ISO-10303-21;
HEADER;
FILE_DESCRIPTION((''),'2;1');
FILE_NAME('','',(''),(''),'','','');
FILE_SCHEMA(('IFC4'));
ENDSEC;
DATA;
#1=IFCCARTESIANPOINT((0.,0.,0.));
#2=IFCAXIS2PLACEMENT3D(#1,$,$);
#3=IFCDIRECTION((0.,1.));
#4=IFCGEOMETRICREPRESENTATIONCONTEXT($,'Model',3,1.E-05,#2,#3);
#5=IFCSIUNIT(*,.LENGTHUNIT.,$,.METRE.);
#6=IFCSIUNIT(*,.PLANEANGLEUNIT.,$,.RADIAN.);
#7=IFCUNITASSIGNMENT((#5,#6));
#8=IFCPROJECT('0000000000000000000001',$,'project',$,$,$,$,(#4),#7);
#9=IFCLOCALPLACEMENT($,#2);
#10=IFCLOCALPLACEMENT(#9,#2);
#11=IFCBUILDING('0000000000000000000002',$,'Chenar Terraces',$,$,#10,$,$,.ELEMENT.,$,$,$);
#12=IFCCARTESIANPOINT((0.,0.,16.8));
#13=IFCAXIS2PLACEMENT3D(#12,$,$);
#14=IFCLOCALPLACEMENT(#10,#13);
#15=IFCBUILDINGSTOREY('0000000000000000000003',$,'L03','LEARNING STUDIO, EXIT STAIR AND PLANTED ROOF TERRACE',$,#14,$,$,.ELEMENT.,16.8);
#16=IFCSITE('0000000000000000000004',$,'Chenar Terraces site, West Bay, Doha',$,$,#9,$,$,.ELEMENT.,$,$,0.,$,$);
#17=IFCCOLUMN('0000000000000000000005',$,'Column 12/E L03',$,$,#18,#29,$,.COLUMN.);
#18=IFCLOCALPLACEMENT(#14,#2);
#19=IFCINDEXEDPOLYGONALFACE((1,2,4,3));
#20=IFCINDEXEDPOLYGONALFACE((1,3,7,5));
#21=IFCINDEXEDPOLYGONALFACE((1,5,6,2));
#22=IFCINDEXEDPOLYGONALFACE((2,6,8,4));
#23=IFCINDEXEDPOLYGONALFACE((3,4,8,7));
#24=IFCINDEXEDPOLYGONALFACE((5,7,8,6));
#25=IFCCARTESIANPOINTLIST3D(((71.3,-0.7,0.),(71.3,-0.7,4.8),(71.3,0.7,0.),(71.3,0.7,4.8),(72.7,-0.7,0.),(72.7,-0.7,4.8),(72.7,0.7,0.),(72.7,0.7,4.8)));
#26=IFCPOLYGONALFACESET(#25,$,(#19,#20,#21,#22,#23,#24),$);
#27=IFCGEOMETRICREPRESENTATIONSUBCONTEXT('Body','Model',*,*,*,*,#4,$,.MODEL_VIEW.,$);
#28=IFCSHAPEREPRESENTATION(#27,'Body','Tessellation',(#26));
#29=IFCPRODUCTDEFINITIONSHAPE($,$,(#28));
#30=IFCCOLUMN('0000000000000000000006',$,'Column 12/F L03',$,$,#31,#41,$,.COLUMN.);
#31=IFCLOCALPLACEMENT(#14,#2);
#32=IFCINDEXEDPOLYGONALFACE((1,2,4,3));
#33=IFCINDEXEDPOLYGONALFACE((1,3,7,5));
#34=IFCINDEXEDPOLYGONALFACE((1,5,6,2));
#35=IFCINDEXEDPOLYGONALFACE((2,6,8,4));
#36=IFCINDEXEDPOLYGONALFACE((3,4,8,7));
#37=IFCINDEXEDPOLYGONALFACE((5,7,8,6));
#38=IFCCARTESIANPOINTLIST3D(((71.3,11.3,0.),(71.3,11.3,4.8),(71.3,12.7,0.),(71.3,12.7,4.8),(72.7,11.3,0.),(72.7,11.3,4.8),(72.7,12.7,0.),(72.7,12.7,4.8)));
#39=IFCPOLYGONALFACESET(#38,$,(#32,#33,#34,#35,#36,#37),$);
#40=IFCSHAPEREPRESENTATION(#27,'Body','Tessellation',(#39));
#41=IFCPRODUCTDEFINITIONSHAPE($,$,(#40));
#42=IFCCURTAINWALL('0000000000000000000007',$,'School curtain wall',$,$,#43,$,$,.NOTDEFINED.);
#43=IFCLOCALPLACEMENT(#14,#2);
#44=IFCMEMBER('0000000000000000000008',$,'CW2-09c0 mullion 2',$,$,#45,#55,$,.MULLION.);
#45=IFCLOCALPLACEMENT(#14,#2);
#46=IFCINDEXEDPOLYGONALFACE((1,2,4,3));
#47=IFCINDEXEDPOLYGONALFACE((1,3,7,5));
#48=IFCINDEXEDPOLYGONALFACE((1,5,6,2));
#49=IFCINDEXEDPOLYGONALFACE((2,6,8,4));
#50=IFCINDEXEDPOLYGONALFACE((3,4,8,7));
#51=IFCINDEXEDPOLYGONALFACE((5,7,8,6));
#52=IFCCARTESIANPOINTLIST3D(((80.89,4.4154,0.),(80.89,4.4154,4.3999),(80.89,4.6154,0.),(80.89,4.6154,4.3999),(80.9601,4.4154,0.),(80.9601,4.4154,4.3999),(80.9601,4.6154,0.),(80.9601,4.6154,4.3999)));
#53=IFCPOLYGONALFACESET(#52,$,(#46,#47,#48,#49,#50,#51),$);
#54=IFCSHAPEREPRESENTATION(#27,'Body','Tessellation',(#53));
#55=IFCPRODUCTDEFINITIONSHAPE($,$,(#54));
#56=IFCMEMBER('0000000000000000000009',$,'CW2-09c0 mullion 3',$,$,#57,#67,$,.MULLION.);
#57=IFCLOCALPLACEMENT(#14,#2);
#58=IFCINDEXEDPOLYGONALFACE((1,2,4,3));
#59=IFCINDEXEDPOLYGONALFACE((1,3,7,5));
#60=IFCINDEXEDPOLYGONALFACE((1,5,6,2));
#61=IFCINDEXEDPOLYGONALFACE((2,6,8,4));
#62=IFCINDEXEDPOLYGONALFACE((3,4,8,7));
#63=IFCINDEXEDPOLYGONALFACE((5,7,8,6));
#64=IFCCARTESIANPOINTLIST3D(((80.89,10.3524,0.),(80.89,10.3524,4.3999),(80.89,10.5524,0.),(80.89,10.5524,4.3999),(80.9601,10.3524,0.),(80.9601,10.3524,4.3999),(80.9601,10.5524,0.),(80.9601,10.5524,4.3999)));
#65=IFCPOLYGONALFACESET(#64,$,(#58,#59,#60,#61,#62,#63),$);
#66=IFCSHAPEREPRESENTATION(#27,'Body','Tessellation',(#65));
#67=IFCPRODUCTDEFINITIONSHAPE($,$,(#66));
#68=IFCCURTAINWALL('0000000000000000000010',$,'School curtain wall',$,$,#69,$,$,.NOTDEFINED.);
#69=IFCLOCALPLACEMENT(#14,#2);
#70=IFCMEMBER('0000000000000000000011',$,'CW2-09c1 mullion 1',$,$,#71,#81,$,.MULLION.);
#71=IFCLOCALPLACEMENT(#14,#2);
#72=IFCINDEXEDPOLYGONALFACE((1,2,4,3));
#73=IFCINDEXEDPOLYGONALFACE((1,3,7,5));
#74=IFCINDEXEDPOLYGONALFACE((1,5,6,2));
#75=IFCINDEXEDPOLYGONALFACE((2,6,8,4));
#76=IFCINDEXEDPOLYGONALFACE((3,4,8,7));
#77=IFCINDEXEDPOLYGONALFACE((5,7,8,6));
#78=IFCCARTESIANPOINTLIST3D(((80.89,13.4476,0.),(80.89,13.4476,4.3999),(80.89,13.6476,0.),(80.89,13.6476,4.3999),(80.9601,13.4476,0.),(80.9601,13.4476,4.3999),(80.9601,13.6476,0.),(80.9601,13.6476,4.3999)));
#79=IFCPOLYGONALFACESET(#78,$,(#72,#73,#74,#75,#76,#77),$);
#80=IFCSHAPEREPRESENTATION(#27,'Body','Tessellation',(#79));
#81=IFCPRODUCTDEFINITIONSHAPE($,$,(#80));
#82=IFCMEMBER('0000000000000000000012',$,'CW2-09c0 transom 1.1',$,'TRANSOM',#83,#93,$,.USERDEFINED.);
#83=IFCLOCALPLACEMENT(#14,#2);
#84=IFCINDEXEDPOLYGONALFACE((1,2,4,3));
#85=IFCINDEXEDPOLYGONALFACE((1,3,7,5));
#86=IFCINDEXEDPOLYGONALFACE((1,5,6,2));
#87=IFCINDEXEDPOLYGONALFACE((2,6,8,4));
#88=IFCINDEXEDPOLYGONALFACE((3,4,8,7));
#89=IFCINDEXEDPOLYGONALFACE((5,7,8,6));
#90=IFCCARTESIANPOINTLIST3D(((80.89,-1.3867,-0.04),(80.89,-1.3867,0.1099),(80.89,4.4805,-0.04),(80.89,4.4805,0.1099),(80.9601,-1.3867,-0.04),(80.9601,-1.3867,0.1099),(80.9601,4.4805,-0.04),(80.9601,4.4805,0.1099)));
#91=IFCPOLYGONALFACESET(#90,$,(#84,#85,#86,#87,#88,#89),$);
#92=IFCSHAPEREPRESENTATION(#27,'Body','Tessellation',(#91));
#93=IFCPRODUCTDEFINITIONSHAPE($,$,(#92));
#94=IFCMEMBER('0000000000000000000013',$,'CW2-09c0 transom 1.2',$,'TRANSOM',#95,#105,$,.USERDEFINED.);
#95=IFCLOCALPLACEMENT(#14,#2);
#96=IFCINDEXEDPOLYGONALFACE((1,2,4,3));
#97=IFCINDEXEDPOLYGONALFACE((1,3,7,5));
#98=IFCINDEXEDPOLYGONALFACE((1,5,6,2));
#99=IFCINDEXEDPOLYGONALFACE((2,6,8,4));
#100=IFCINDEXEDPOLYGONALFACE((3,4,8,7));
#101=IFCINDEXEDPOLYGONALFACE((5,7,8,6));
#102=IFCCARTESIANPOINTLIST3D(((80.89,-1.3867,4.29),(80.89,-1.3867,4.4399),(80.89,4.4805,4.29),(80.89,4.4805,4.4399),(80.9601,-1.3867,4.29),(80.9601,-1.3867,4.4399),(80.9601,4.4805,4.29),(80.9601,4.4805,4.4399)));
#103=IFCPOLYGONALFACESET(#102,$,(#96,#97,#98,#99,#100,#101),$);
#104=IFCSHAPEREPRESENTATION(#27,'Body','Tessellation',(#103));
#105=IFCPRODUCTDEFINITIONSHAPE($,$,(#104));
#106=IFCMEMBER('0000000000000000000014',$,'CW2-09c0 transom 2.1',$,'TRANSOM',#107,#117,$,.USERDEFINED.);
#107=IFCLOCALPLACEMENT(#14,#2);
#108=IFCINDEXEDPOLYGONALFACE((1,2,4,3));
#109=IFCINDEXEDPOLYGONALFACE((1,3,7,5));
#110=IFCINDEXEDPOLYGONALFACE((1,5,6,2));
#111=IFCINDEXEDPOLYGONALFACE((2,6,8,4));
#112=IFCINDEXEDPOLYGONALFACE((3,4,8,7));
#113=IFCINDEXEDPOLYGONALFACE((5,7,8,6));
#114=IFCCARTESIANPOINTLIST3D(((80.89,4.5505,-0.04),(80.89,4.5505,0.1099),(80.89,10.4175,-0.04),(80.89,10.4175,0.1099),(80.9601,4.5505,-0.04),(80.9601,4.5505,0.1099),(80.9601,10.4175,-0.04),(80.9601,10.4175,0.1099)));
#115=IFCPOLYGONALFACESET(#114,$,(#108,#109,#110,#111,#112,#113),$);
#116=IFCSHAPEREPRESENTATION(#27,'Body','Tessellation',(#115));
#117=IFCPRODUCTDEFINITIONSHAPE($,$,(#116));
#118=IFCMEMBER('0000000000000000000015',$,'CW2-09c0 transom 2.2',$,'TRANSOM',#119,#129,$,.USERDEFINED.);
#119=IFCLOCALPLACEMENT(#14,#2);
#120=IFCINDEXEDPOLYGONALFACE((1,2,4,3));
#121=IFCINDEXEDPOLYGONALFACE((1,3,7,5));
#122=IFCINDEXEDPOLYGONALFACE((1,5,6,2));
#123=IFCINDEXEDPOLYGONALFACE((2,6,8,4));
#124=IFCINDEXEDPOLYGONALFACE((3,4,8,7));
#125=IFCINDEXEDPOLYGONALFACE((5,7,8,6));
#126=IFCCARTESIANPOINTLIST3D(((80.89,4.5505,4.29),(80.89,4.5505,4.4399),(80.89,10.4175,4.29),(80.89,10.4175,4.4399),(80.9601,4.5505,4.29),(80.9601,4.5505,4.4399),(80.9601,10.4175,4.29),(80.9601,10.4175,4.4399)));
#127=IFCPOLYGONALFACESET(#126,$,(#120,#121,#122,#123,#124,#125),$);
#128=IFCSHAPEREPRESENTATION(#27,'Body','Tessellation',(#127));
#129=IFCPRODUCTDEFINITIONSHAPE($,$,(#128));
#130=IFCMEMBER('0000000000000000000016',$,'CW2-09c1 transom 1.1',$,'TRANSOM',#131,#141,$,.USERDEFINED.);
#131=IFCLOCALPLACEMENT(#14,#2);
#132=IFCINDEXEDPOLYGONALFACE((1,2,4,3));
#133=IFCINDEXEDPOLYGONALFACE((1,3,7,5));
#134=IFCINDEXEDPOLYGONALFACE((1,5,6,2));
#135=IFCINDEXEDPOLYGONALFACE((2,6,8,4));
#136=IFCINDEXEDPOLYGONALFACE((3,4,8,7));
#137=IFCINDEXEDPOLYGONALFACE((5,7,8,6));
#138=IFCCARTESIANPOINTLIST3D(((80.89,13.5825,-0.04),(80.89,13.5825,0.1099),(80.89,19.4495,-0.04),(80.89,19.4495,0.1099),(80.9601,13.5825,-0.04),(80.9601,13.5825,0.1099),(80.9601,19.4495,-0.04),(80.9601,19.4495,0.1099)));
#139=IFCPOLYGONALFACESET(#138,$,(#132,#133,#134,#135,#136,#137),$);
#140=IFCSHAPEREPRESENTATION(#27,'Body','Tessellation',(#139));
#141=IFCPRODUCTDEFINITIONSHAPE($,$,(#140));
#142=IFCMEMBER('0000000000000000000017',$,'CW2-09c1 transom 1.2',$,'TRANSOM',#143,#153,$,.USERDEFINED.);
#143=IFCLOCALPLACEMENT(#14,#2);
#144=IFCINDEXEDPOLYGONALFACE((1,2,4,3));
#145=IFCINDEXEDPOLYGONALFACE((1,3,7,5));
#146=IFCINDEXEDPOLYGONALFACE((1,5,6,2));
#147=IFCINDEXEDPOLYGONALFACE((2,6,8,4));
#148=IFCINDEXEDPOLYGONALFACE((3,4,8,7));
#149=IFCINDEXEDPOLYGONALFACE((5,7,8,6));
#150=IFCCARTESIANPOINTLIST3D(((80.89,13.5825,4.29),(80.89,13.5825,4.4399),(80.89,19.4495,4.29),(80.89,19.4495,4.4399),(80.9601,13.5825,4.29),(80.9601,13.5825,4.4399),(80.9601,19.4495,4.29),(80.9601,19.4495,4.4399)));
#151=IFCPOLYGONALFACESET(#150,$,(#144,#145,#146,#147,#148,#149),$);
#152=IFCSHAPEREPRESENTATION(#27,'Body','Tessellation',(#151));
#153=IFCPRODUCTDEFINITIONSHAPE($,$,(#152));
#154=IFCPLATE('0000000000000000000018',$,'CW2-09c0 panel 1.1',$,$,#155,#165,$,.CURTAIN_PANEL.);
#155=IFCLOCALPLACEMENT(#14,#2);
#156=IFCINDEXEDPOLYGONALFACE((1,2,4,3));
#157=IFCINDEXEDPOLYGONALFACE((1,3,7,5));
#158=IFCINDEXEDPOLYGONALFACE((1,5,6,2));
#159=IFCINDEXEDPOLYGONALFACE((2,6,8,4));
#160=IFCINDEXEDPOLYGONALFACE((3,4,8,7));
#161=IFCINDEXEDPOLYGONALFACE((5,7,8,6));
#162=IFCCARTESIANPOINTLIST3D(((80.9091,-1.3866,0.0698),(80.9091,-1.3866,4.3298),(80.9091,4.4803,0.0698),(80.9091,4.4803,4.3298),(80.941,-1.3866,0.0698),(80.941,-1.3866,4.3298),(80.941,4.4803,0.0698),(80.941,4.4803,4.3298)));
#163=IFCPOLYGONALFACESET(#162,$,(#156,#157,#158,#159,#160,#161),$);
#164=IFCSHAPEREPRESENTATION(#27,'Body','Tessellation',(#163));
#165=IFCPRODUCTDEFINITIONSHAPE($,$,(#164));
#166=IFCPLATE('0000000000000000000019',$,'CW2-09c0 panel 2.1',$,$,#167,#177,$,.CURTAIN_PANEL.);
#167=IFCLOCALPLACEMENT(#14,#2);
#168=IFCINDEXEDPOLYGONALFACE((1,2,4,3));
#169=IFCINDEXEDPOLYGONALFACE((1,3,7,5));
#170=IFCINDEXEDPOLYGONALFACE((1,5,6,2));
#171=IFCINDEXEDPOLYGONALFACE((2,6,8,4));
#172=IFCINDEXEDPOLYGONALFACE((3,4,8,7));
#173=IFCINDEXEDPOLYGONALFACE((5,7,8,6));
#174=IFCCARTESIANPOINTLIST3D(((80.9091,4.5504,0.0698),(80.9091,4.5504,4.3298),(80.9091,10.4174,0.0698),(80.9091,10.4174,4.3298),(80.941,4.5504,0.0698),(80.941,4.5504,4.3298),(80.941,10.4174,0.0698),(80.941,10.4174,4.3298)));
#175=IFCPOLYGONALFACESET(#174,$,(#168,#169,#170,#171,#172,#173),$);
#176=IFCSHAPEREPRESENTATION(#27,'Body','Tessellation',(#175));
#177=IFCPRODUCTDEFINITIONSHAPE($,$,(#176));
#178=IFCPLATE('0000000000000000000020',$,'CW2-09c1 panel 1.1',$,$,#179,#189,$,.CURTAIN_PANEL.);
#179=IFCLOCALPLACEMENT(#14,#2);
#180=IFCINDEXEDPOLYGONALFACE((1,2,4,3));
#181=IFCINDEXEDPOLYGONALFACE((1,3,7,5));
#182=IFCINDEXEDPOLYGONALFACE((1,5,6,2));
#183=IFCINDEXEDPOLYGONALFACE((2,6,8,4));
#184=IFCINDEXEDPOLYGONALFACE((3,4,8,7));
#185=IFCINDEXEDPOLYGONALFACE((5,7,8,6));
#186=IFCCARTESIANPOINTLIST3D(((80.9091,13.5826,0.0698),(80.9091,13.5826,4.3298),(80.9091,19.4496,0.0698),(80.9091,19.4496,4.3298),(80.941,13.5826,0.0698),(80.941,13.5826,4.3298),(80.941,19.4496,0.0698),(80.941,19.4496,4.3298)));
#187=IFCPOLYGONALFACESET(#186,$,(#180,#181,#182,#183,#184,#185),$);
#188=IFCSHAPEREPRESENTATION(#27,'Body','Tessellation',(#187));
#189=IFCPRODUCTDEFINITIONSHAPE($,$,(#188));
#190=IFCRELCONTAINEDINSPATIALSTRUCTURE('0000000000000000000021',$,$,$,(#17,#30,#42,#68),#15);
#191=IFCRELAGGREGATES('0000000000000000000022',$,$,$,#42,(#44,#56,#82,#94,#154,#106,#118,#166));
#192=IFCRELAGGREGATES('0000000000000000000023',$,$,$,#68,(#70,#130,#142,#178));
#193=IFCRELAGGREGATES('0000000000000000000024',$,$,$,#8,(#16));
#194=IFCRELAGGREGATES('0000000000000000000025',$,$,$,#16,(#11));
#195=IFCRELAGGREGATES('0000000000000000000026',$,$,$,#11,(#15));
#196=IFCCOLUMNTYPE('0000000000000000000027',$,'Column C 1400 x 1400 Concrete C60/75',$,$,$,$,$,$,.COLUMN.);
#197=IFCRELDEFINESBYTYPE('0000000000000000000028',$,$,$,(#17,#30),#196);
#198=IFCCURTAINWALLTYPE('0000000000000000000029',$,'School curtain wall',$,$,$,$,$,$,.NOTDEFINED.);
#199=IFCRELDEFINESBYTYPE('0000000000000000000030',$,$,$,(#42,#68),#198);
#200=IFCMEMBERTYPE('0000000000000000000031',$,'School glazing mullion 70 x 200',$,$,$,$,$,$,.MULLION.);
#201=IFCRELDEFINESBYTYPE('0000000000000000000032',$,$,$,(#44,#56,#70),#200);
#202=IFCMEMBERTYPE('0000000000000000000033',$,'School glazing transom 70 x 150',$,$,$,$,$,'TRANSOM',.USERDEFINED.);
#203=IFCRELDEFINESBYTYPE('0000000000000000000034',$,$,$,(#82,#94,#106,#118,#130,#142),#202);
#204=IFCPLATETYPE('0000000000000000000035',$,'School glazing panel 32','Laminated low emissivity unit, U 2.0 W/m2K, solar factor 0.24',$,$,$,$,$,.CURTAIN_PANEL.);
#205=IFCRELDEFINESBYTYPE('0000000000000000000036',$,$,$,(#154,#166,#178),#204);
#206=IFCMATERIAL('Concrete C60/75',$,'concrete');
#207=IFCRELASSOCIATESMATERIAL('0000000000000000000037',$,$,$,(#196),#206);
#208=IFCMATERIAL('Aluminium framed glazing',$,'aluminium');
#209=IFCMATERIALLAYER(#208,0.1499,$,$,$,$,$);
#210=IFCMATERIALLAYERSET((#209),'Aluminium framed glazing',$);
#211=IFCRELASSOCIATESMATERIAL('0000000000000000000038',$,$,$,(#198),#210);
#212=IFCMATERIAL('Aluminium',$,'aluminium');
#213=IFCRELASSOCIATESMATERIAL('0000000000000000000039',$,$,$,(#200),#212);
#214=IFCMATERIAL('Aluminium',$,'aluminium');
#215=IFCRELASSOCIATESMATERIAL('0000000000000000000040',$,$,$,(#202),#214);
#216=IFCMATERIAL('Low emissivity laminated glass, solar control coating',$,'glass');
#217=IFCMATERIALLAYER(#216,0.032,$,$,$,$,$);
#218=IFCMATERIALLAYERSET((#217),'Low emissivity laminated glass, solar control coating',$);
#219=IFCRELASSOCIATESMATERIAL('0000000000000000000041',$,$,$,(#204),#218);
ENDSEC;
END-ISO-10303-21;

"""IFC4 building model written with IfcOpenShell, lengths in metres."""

from ifc_helpers import new_model, si_unit, direction, frame, origin, origin_2d, place, context, subcontext, project, spatial, rectangle, extrude, material, layer, layer_set, material_profile, profile_set, type_object, element, aggregate, save


model = new_model("IFC4")

# Units and contexts
model_context = context("Model", 3, precision=1e-05, world=origin(), true_north=direction((0.0, 1.0)))
body_context = subcontext(model_context, "Body", "Model", "MODEL_VIEW")
ifc_project = project(units=[si_unit("LENGTHUNIT", "METRE"), si_unit("PLANEANGLEUNIT", "RADIAN")], contexts=[model_context])

# Site, building, storey
site_placement = place(None, origin())
site = spatial("IfcSite", under=ifc_project, at=site_placement, Name="Chenar Terraces site, West Bay, Doha", CompositionType="ELEMENT", RefElevation=0.0)
building_placement = place(site_placement, origin())
building = spatial("IfcBuilding", under=site, at=building_placement, Name="Chenar Terraces", CompositionType="ELEMENT")
storey_placement = place(building_placement, frame((0.0, 0.0, 16.8)))
storey = spatial("IfcBuildingStorey", under=building, at=storey_placement, Name="L03", Description="LEARNING STUDIO, EXIT STAIR AND PLANTED ROOF TERRACE", CompositionType="ELEMENT", Elevation=16.8)

# Columns
ifc_material_1 = material(Name="Concrete C60/75", Category="concrete")
ifc_material_profile_1 = material_profile(ifc_material_1, rectangle(XDim=1.3999, YDim=1.3999, at=origin_2d()), Name="C 1400 x 1400")
ifc_profile_set_1 = profile_set([ifc_material_profile_1], Name="Concrete C60/75")
column_type = type_object("IfcColumnType", Name="Column C 1400 x 1400 Concrete C60/75", PredefinedType="COLUMN", material=ifc_profile_set_1)
for number, where, z_axis, x_axis, name in (
    (1, (72.0, 0.0, 0.0), (0.0, 0.0, 1.0), (1.0, 0.0, 0.0), "Column 12/E L03"),
    (2, (72.0, 12.0, 0.0), (0.0, 0.0, 1.0), (1.0, 0.0, 0.0), "Column 12/F L03"),
):
    element("IfcColumn", number, at=place(storey_placement, frame(where, z_axis=z_axis, x_axis=x_axis)), inside=storey, type_object=column_type, Name=name, PredefinedType="COLUMN", context=body_context, shape_type="SweptSolid", body=[
        extrude(rectangle(XDim=1.3999, YDim=1.3999, at=origin_2d()), origin(), (0.0, 0.0, 1.0), 4.8),
    ])

# Curtain wall, members
ifc_material_2 = material(Name="Aluminium framed glazing", Category="aluminium")
ifc_layer_1 = layer(ifc_material_2, 0.1499)
ifc_layer_set_1 = layer_set([ifc_layer_1], Name="Aluminium framed glazing")
curtain_wall_type = type_object("IfcCurtainWallType", Name="School curtain wall", PredefinedType="NOTDEFINED", material=ifc_layer_set_1)
placement = place(storey_placement, origin())
curtain_wall_1 = element("IfcCurtainWall", 3, at=placement, inside=storey, type_object=curtain_wall_type, Name="School curtain wall", PredefinedType="NOTDEFINED")
ifc_material_3 = material(Name="Aluminium", Category="aluminium")
ifc_material_profile_2 = material_profile(ifc_material_3, rectangle(XDim=0.0701, YDim=0.2, at=origin_2d()), Name="School glazing mullion 70 x 200")
ifc_profile_set_2 = profile_set([ifc_material_profile_2], Name="Aluminium")
member_type_1 = type_object("IfcMemberType", Name="School glazing mullion 70 x 200", PredefinedType="MULLION", material=ifc_profile_set_2)
member_1_placement = place(storey_placement, frame((80.925, 4.5154, 0.0), z_axis=(0.0, 0.0, 1.0), x_axis=(-1.0, 0.0, 0.0)))
member_1 = element("IfcMember", 4, at=member_1_placement, type_object=member_type_1, Name="CW2-09c0 mullion 2", PredefinedType="MULLION", context=body_context, shape_type="SweptSolid", body=[
    extrude(rectangle(XDim=0.0701, YDim=0.2, at=origin_2d()), origin(), (0.0, 0.0, 1.0), 4.3999),
])
member_2_placement = place(storey_placement, frame((80.925, 10.4524, 0.0), z_axis=(0.0, 0.0, 1.0), x_axis=(-1.0, 0.0, 0.0)))
member_2 = element("IfcMember", 5, at=member_2_placement, type_object=member_type_1, Name="CW2-09c0 mullion 3", PredefinedType="MULLION", context=body_context, shape_type="SweptSolid", body=[
    extrude(rectangle(XDim=0.0701, YDim=0.2, at=origin_2d()), origin(), (0.0, 0.0, 1.0), 4.3999),
])

# Curtain wall, member
curtain_wall_2 = element("IfcCurtainWall", 6, at=placement, inside=storey, type_object=curtain_wall_type, Name="School curtain wall", PredefinedType="NOTDEFINED")
member_3_placement = place(storey_placement, frame((80.925, 13.5476, 0.0), z_axis=(0.0, 0.0, 1.0), x_axis=(-1.0, 0.0, 0.0)))
member_3 = element("IfcMember", 7, at=member_3_placement, type_object=member_type_1, Name="CW2-09c1 mullion 1", PredefinedType="MULLION", context=body_context, shape_type="SweptSolid", body=[
    extrude(rectangle(XDim=0.0701, YDim=0.2, at=origin_2d()), origin(), (0.0, 0.0, 1.0), 4.3999),
])

# Members
ifc_material_4 = material(Name="Aluminium", Category="aluminium")
ifc_material_profile_3 = material_profile(ifc_material_4, rectangle(XDim=0.0701, YDim=0.1499, at=origin_2d()), Name="School glazing transom 70 x 150")
ifc_profile_set_3 = profile_set([ifc_material_profile_3], Name="Aluminium")
member_type_2 = type_object("IfcMemberType", Name="School glazing transom 70 x 150", ElementType="TRANSOM", PredefinedType="USERDEFINED", material=ifc_profile_set_3)
member_4_placement = place(storey_placement, frame((80.925, -1.3867, 0.0349), z_axis=(0.0, 1.0, 0.0), x_axis=(-1.0, 0.0, 0.0)))
member_4 = element("IfcMember", 8, at=member_4_placement, type_object=member_type_2, Name="CW2-09c0 transom 1.1", ObjectType="TRANSOM", PredefinedType="USERDEFINED", context=body_context, shape_type="SweptSolid", body=[
    extrude(rectangle(XDim=0.0701, YDim=0.1499, at=origin_2d()), origin(), (0.0, 0.0, 1.0), 5.8672),
])
member_5_placement = place(storey_placement, frame((80.925, -1.3867, 4.365), z_axis=(0.0, 1.0, 0.0), x_axis=(-1.0, 0.0, 0.0)))
member_5 = element("IfcMember", 9, at=member_5_placement, type_object=member_type_2, Name="CW2-09c0 transom 1.2", ObjectType="TRANSOM", PredefinedType="USERDEFINED", context=body_context, shape_type="SweptSolid", body=[
    extrude(rectangle(XDim=0.0701, YDim=0.1499, at=origin_2d()), origin(), (0.0, 0.0, 1.0), 5.8672),
])
member_6_placement = place(storey_placement, frame((80.925, 4.5505, 0.0349), z_axis=(0.0, 1.0, 0.0), x_axis=(-1.0, 0.0, 0.0)))
member_6 = element("IfcMember", 10, at=member_6_placement, type_object=member_type_2, Name="CW2-09c0 transom 2.1", ObjectType="TRANSOM", PredefinedType="USERDEFINED", context=body_context, shape_type="SweptSolid", body=[
    extrude(rectangle(XDim=0.0701, YDim=0.1499, at=origin_2d()), origin(), (0.0, 0.0, 1.0), 5.8669),
])
member_7_placement = place(storey_placement, frame((80.925, 4.5505, 4.365), z_axis=(0.0, 1.0, 0.0), x_axis=(-1.0, 0.0, 0.0)))
member_7 = element("IfcMember", 11, at=member_7_placement, type_object=member_type_2, Name="CW2-09c0 transom 2.2", ObjectType="TRANSOM", PredefinedType="USERDEFINED", context=body_context, shape_type="SweptSolid", body=[
    extrude(rectangle(XDim=0.0701, YDim=0.1499, at=origin_2d()), origin(), (0.0, 0.0, 1.0), 5.8669),
])
member_8_placement = place(storey_placement, frame((80.925, 13.5825, 0.0349), z_axis=(0.0, 1.0, 0.0), x_axis=(-1.0, 0.0, 0.0)))
member_8 = element("IfcMember", 12, at=member_8_placement, type_object=member_type_2, Name="CW2-09c1 transom 1.1", ObjectType="TRANSOM", PredefinedType="USERDEFINED", context=body_context, shape_type="SweptSolid", body=[
    extrude(rectangle(XDim=0.0701, YDim=0.1499, at=origin_2d()), origin(), (0.0, 0.0, 1.0), 5.8669),
])
member_9_placement = place(storey_placement, frame((80.925, 13.5825, 4.365), z_axis=(0.0, 1.0, 0.0), x_axis=(-1.0, 0.0, 0.0)))
member_9 = element("IfcMember", 13, at=member_9_placement, type_object=member_type_2, Name="CW2-09c1 transom 1.2", ObjectType="TRANSOM", PredefinedType="USERDEFINED", context=body_context, shape_type="SweptSolid", body=[
    extrude(rectangle(XDim=0.0701, YDim=0.1499, at=origin_2d()), origin(), (0.0, 0.0, 1.0), 5.8669),
])

# Plates
ifc_material_5 = material(Name="Low emissivity laminated glass, solar control coating", Category="glass")
ifc_layer_2 = layer(ifc_material_5, 0.032)
ifc_layer_set_2 = layer_set([ifc_layer_2], Name="Low emissivity laminated glass, solar control coating")
plate_type = type_object("IfcPlateType", Name="School glazing panel 32", Description="Laminated low emissivity unit, U 2.0 W/m2K, solar factor 0.24", PredefinedType="CURTAIN_PANEL", material=ifc_layer_set_2)
plate_1_placement = place(storey_placement, frame((80.925, 1.5469, 0.0698), z_axis=(0.0, 0.0, 1.0), x_axis=(0.0, 1.0, 0.0)))
plate_1 = element("IfcPlate", 14, at=plate_1_placement, type_object=plate_type, Name="CW2-09c0 panel 1.1", PredefinedType="CURTAIN_PANEL", context=body_context, shape_type="SweptSolid", body=[
    extrude(rectangle(XDim=5.8669, YDim=0.032, at=origin_2d()), origin(), (0.0, 0.0, 1.0), 4.26),
])
plate_2_placement = place(storey_placement, frame((80.925, 7.4839, 0.0698), z_axis=(0.0, 0.0, 1.0), x_axis=(0.0, 1.0, 0.0)))
plate_2 = element("IfcPlate", 15, at=plate_2_placement, type_object=plate_type, Name="CW2-09c0 panel 2.1", PredefinedType="CURTAIN_PANEL", context=body_context, shape_type="SweptSolid", body=[
    extrude(rectangle(XDim=5.8669, YDim=0.032, at=origin_2d()), origin(), (0.0, 0.0, 1.0), 4.26),
])
aggregate(curtain_wall_1, [member_1, member_2, member_4, member_5, plate_1, member_6, member_7, plate_2])
plate_3_placement = place(storey_placement, frame((80.925, 16.5161, 0.0698), z_axis=(0.0, 0.0, 1.0), x_axis=(0.0, 1.0, 0.0)))
plate_3 = element("IfcPlate", 16, at=plate_3_placement, type_object=plate_type, Name="CW2-09c1 panel 1.1", PredefinedType="CURTAIN_PANEL", context=body_context, shape_type="SweptSolid", body=[
    extrude(rectangle(XDim=5.8669, YDim=0.032, at=origin_2d()), origin(), (0.0, 0.0, 1.0), 4.26),
])
aggregate(curtain_wall_2, [member_3, member_8, member_9, plate_3])

save(model, "model.ifc")
